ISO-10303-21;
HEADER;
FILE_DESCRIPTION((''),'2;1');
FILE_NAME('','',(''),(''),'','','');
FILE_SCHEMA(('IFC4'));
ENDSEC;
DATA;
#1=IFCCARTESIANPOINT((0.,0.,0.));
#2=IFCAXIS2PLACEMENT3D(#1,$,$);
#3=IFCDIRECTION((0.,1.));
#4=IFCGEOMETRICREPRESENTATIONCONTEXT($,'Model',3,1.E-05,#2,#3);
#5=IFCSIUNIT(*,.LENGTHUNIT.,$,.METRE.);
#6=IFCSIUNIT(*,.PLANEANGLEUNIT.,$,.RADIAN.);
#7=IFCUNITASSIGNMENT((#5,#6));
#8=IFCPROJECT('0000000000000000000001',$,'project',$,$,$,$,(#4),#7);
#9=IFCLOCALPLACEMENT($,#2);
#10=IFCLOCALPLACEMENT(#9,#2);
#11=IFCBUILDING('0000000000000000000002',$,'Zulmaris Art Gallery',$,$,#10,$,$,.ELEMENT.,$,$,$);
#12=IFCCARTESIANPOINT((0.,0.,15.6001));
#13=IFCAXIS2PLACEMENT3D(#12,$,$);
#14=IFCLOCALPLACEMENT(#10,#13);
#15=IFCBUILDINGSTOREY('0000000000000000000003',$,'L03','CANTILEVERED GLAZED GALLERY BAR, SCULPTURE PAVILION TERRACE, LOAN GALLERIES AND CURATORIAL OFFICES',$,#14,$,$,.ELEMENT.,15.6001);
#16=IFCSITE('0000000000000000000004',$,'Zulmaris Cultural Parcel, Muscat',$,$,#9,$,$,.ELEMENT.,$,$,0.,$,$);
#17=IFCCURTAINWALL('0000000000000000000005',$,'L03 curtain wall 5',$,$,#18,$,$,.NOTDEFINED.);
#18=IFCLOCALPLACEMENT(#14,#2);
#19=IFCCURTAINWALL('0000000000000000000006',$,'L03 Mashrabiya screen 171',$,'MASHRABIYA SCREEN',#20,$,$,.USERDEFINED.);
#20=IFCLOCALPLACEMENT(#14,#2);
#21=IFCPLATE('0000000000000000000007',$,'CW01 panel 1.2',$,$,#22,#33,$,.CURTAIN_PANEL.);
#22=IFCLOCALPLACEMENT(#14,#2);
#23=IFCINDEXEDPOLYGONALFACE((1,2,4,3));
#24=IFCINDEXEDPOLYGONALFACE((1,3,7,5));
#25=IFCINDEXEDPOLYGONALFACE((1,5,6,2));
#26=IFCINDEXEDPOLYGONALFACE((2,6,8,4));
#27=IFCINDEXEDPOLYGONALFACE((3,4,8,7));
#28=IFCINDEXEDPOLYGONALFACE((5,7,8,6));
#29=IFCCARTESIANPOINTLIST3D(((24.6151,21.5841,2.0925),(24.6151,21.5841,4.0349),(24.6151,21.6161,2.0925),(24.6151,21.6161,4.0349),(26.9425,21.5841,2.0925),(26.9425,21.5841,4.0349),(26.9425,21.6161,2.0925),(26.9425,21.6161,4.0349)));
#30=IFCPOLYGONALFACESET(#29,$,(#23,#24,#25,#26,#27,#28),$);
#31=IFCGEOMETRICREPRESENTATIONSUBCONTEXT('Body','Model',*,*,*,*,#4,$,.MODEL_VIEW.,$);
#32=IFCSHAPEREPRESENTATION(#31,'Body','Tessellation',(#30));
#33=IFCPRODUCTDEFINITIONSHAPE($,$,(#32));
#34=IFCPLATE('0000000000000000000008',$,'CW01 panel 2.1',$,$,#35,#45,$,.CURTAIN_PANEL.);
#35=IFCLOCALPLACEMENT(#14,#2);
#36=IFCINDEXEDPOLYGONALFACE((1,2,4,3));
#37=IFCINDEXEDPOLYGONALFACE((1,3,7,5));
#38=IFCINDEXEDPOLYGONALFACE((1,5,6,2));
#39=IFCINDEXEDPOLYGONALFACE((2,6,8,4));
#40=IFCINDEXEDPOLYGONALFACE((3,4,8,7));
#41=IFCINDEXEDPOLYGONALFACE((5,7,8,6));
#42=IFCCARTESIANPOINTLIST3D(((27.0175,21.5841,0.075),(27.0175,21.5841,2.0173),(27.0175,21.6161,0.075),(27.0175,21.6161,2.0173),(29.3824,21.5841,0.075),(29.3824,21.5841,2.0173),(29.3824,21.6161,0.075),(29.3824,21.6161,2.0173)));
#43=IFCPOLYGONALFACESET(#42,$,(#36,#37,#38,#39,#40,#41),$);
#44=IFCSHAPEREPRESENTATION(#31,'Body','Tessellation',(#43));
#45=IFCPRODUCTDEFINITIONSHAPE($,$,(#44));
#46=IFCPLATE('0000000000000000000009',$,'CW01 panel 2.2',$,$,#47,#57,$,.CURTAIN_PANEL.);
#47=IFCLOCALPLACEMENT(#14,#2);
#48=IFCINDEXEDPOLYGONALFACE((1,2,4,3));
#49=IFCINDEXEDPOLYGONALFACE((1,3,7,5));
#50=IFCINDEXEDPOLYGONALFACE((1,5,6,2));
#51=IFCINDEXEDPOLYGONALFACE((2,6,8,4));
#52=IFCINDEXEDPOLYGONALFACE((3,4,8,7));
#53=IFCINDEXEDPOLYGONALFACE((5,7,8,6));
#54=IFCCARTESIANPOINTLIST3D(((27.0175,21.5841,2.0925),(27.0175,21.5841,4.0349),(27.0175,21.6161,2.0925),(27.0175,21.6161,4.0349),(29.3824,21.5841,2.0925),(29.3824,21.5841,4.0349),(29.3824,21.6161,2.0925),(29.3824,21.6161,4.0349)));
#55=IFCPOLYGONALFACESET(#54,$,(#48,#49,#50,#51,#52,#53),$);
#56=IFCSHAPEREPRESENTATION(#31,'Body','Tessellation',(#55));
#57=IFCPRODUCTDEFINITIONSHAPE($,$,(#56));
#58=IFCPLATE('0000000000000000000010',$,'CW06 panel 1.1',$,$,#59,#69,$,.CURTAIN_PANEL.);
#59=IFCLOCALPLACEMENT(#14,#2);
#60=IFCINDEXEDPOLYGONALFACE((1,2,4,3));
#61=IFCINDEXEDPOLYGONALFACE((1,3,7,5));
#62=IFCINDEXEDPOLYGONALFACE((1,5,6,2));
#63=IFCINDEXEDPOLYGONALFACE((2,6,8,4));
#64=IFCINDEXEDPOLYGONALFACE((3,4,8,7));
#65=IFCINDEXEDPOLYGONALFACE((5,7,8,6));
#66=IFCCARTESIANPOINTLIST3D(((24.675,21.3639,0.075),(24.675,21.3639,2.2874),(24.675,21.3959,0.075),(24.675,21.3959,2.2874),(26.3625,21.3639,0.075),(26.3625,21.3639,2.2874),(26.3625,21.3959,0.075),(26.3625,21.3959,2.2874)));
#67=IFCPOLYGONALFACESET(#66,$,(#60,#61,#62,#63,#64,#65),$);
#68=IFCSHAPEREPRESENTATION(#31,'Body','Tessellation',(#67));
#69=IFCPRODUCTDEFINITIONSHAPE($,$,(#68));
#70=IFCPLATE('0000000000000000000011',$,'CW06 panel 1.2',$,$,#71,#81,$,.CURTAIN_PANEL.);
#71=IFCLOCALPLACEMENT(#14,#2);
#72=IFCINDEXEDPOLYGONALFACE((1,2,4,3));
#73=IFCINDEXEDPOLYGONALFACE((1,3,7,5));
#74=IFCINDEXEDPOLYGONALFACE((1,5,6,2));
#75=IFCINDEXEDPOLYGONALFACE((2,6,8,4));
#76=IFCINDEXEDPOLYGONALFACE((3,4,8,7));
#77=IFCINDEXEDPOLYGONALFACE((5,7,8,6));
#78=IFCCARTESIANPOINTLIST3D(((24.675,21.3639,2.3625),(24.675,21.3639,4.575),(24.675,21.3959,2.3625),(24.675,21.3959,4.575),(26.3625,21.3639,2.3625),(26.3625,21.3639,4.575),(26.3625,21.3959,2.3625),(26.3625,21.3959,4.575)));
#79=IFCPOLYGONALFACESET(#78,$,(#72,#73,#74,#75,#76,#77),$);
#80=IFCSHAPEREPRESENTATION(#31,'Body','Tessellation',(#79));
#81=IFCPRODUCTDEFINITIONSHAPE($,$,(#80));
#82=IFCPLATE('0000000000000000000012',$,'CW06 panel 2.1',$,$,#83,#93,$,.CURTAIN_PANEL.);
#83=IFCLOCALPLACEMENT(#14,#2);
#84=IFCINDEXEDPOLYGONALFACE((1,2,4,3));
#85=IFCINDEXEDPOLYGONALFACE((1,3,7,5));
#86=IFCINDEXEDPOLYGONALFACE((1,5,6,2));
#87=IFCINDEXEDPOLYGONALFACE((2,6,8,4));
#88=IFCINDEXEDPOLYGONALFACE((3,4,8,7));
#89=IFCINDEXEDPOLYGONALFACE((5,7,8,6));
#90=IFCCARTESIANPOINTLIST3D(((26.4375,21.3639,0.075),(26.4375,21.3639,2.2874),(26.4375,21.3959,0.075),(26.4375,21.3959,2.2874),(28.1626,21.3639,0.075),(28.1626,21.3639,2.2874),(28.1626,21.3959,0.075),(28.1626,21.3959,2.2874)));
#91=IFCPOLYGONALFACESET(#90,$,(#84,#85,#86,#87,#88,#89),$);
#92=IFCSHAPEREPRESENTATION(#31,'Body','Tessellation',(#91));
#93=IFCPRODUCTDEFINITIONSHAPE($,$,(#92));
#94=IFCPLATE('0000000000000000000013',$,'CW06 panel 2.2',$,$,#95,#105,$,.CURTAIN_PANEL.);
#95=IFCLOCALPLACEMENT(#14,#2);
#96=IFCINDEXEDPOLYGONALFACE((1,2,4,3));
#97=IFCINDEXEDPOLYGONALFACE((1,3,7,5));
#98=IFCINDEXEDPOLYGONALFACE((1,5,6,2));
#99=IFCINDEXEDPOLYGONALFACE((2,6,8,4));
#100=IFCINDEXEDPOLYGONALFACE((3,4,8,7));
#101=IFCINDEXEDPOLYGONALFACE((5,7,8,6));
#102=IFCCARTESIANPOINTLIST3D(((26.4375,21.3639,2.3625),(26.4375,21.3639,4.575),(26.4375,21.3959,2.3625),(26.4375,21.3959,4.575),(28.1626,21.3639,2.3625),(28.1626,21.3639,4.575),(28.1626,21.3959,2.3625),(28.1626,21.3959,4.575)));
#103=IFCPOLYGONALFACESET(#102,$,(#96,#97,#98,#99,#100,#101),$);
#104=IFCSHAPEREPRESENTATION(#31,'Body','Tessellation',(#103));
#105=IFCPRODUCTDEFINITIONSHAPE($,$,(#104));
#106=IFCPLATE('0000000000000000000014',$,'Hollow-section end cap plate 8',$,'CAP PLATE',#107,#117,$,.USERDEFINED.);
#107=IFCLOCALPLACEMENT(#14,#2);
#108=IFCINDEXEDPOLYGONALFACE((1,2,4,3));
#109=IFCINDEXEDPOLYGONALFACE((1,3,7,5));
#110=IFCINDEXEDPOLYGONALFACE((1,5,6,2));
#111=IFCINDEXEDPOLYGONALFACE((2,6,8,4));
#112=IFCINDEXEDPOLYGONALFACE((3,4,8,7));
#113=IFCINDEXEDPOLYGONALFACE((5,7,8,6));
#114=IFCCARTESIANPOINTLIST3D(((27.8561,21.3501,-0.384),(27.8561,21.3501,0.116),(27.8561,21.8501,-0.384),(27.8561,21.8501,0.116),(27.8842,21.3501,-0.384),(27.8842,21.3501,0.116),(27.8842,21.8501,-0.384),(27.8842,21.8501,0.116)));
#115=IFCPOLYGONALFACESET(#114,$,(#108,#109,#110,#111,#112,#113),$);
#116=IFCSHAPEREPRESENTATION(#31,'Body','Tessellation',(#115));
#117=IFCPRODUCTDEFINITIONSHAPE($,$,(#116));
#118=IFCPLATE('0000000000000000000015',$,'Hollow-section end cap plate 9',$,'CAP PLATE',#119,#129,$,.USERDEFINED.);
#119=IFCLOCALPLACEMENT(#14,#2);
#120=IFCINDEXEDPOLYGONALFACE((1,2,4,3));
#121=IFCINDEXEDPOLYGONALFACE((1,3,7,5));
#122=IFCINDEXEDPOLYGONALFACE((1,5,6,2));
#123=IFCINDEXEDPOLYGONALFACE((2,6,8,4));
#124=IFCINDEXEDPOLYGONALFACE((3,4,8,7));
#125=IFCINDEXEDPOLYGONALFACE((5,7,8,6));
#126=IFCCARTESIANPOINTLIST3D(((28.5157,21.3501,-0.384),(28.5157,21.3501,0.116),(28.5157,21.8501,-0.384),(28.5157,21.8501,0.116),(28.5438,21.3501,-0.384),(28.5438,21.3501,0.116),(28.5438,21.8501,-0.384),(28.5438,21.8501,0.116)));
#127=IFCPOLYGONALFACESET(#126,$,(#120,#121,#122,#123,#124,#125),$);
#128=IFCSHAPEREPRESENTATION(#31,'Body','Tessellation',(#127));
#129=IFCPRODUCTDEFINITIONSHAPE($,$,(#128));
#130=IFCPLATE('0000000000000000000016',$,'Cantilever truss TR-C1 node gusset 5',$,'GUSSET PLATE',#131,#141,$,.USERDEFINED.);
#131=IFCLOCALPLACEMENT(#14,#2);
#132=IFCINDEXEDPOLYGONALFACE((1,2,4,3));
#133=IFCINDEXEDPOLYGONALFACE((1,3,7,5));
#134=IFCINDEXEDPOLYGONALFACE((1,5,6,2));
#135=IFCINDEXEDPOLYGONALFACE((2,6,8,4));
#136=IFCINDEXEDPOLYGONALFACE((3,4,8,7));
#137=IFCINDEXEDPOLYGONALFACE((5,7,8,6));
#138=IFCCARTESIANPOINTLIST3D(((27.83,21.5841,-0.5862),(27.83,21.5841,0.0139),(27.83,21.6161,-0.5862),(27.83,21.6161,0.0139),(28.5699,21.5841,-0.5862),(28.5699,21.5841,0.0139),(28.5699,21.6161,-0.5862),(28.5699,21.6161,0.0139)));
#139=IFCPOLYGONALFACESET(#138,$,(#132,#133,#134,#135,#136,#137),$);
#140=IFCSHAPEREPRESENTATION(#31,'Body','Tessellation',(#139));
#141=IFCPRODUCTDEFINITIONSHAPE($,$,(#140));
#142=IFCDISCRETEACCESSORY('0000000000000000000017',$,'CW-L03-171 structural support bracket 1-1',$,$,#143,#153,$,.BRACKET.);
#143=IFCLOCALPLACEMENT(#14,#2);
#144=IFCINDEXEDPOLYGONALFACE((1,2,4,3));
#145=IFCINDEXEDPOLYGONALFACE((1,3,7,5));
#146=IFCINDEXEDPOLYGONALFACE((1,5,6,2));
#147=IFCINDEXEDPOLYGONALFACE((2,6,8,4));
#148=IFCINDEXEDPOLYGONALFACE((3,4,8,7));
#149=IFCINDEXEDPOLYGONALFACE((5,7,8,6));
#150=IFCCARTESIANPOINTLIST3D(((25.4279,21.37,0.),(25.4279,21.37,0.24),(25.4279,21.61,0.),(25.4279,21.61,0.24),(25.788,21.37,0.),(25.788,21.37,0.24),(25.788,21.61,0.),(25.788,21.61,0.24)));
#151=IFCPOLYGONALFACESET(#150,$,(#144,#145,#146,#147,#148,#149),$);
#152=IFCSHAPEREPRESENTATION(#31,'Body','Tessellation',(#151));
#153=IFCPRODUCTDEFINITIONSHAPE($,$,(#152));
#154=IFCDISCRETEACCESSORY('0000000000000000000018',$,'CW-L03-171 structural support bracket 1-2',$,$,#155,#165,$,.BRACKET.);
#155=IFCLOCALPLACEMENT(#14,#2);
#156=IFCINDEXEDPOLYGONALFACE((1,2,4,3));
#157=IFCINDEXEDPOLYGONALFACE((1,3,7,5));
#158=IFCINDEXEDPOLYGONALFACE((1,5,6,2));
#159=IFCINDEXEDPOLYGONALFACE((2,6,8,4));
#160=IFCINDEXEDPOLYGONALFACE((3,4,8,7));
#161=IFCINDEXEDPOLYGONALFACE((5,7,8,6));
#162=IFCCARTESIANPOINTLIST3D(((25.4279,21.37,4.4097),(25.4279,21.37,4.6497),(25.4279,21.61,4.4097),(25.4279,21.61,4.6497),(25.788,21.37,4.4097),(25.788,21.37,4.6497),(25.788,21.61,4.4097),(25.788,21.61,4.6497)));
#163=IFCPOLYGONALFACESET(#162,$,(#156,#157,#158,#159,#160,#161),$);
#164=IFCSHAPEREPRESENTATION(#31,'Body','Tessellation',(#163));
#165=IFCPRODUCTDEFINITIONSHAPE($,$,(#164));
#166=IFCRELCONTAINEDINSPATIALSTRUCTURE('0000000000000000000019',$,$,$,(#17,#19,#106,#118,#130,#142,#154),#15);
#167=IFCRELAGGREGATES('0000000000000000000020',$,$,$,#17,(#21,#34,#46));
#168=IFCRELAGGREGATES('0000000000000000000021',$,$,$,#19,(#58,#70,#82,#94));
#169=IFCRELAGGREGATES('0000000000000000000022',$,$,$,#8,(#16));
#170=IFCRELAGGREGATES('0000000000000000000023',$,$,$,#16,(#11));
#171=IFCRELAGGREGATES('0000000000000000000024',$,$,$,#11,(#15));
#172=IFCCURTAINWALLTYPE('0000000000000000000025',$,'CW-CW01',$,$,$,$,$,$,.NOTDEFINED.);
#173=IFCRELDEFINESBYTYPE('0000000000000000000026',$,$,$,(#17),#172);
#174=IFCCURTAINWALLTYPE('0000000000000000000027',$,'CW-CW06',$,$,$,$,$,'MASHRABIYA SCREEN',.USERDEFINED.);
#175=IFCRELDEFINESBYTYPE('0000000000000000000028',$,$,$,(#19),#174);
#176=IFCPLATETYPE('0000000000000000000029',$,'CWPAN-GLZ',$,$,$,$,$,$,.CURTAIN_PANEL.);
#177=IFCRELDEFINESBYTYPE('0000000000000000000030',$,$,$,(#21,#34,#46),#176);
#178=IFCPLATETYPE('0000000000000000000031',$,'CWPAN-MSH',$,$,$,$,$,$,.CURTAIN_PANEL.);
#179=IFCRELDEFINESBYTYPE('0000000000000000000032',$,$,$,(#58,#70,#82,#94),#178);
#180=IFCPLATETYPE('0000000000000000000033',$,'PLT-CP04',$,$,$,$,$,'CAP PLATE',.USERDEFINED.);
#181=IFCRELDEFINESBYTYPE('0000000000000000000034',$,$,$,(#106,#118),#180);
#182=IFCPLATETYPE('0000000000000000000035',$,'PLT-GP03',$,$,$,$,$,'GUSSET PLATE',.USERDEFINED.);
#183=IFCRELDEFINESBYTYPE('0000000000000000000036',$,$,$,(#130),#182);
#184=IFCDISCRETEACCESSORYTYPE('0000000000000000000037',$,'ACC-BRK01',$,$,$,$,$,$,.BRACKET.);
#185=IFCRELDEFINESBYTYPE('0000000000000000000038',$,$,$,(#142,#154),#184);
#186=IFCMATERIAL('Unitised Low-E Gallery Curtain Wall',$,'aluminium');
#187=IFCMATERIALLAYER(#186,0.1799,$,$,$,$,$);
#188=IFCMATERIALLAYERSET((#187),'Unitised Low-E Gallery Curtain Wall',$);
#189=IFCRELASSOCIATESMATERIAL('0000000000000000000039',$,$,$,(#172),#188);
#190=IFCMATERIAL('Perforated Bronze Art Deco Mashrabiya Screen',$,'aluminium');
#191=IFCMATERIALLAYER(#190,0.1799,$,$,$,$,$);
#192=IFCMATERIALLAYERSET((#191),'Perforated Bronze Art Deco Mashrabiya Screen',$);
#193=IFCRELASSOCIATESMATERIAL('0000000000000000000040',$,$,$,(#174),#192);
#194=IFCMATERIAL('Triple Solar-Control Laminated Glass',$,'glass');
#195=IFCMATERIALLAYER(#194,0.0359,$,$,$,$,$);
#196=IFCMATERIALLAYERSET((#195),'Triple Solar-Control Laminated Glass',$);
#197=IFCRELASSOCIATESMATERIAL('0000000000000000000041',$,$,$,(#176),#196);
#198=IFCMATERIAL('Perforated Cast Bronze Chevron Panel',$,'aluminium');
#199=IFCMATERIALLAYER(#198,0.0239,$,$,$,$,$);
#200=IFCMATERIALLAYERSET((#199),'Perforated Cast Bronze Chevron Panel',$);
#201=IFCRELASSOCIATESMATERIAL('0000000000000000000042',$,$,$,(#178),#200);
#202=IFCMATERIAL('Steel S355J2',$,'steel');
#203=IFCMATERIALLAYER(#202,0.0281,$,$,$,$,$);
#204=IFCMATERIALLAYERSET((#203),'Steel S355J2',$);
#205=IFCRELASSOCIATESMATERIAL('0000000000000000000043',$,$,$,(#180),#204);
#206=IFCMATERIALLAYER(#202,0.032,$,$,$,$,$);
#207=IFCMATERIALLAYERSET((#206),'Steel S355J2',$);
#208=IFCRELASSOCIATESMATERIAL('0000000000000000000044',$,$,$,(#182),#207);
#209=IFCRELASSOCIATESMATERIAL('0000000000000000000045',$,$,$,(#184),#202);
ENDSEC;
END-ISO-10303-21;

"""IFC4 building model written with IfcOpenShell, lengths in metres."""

from ifc_helpers import new_model, si_unit, direction, frame, origin, origin_2d, place, context, subcontext, project, spatial, rectangle, extrude, material, layer, layer_set, type_object, element, aggregate, save


model = new_model("IFC4")

# Units and contexts
model_context = context("Model", 3, precision=1e-05, world=origin(), true_north=direction((0.0, 1.0)))
body_context = subcontext(model_context, "Body", "Model", "MODEL_VIEW")
ifc_project = project(units=[si_unit("LENGTHUNIT", "METRE"), si_unit("PLANEANGLEUNIT", "RADIAN")], contexts=[model_context])

# Site, building, storey
site_placement = place(None, origin())
site = spatial("IfcSite", under=ifc_project, at=site_placement, Name="Zulmaris Cultural Parcel, Muscat", CompositionType="ELEMENT", RefElevation=0.0)
building_placement = place(site_placement, origin())
building = spatial("IfcBuilding", under=site, at=building_placement, Name="Zulmaris Art Gallery", CompositionType="ELEMENT")
storey_placement = place(building_placement, frame((0.0, 0.0, 15.6001)))
storey = spatial("IfcBuildingStorey", under=building, at=storey_placement, Name="L03", Description="CANTILEVERED GLAZED GALLERY BAR, SCULPTURE PAVILION TERRACE, LOAN GALLERIES AND CURATORIAL OFFICES", CompositionType="ELEMENT", Elevation=15.6001)

# Shared definitions
ifc_material_1 = material(Name="Steel S355J2", Category="steel")

# Curtain wall
ifc_material_2 = material(Name="Unitised Low-E Gallery Curtain Wall", Category="aluminium")
ifc_layer_1 = layer(ifc_material_2, 0.1799)
ifc_layer_set_1 = layer_set([ifc_layer_1], Name="Unitised Low-E Gallery Curtain Wall")
curtain_wall_type_1 = type_object("IfcCurtainWallType", Name="CW-CW01", PredefinedType="NOTDEFINED", material=ifc_layer_set_1)
curtain_wall_1_placement = place(storey_placement, origin())
curtain_wall_1 = element("IfcCurtainWall", 1, at=curtain_wall_1_placement, inside=storey, type_object=curtain_wall_type_1, Name="L03 curtain wall 5", PredefinedType="NOTDEFINED")

# Curtain wall
ifc_material_3 = material(Name="Perforated Bronze Art Deco Mashrabiya Screen", Category="aluminium")
ifc_layer_2 = layer(ifc_material_3, 0.1799)
ifc_layer_set_2 = layer_set([ifc_layer_2], Name="Perforated Bronze Art Deco Mashrabiya Screen")
curtain_wall_type_2 = type_object("IfcCurtainWallType", Name="CW-CW06", ElementType="MASHRABIYA SCREEN", PredefinedType="USERDEFINED", material=ifc_layer_set_2)
curtain_wall_2_placement = place(storey_placement, origin())
curtain_wall_2 = element("IfcCurtainWall", 2, at=curtain_wall_2_placement, inside=storey, type_object=curtain_wall_type_2, Name="L03 Mashrabiya screen 171", ObjectType="MASHRABIYA SCREEN", PredefinedType="USERDEFINED")

# Plates
ifc_material_4 = material(Name="Triple Solar-Control Laminated Glass", Category="glass")
ifc_layer_3 = layer(ifc_material_4, 0.0359)
ifc_layer_set_3 = layer_set([ifc_layer_3], Name="Triple Solar-Control Laminated Glass")
plate_type_1 = type_object("IfcPlateType", Name="CWPAN-GLZ", PredefinedType="CURTAIN_PANEL", material=ifc_layer_set_3)
plate_1_placement = place(storey_placement, frame((25.7788, 21.6001, 2.0925), z_axis=(0.0, 0.0, 1.0), x_axis=(1.0, 0.0, 0.0)))
plate_1 = element("IfcPlate", 3, at=plate_1_placement, type_object=plate_type_1, Name="CW01 panel 1.2", PredefinedType="CURTAIN_PANEL", context=body_context, shape_type="SweptSolid", body=[
    extrude(rectangle(XDim=2.3274, YDim=0.032, at=origin_2d()), origin(), (0.0, 0.0, 1.0), 1.9424),
])
plate_2_placement = place(storey_placement, frame((28.2, 21.6001, 0.075), z_axis=(0.0, 0.0, 1.0), x_axis=(1.0, 0.0, 0.0)))
plate_2 = element("IfcPlate", 4, at=plate_2_placement, type_object=plate_type_1, Name="CW01 panel 2.1", PredefinedType="CURTAIN_PANEL", context=body_context, shape_type="SweptSolid", body=[
    extrude(rectangle(XDim=2.365, YDim=0.032, at=origin_2d()), origin(), (0.0, 0.0, 1.0), 1.9424),
])
plate_3_placement = place(storey_placement, frame((28.2, 21.6001, 2.0925), z_axis=(0.0, 0.0, 1.0), x_axis=(1.0, 0.0, 0.0)))
plate_3 = element("IfcPlate", 5, at=plate_3_placement, type_object=plate_type_1, Name="CW01 panel 2.2", PredefinedType="CURTAIN_PANEL", context=body_context, shape_type="SweptSolid", body=[
    extrude(rectangle(XDim=2.365, YDim=0.032, at=origin_2d()), origin(), (0.0, 0.0, 1.0), 1.9424),
])
aggregate(curtain_wall_1, [plate_1, plate_2, plate_3])
ifc_material_5 = material(Name="Perforated Cast Bronze Chevron Panel", Category="aluminium")
ifc_layer_4 = layer(ifc_material_5, 0.0239)
ifc_layer_set_4 = layer_set([ifc_layer_4], Name="Perforated Cast Bronze Chevron Panel")
plate_type_2 = type_object("IfcPlateType", Name="CWPAN-MSH", PredefinedType="CURTAIN_PANEL", material=ifc_layer_set_4)
plate_4_placement = place(storey_placement, frame((25.5188, 21.3799, 0.075), z_axis=(0.0, 0.0, 1.0), x_axis=(1.0, 0.0, 0.0)))
plate_4 = element("IfcPlate", 6, at=plate_4_placement, type_object=plate_type_2, Name="CW06 panel 1.1", PredefinedType="CURTAIN_PANEL", context=body_context, shape_type="SweptSolid", body=[
    extrude(rectangle(XDim=1.6875, YDim=0.032, at=origin_2d()), origin(), (0.0, 0.0, 1.0), 2.2124),
])
plate_5_placement = place(storey_placement, frame((25.5188, 21.3799, 2.3625), z_axis=(0.0, 0.0, 1.0), x_axis=(1.0, 0.0, 0.0)))
plate_5 = element("IfcPlate", 7, at=plate_5_placement, type_object=plate_type_2, Name="CW06 panel 1.2", PredefinedType="CURTAIN_PANEL", context=body_context, shape_type="SweptSolid", body=[
    extrude(rectangle(XDim=1.6875, YDim=0.032, at=origin_2d()), origin(), (0.0, 0.0, 1.0), 2.2124),
])
plate_6_placement = place(storey_placement, frame((27.3, 21.3799, 0.075), z_axis=(0.0, 0.0, 1.0), x_axis=(1.0, 0.0, 0.0)))
plate_6 = element("IfcPlate", 8, at=plate_6_placement, type_object=plate_type_2, Name="CW06 panel 2.1", PredefinedType="CURTAIN_PANEL", context=body_context, shape_type="SweptSolid", body=[
    extrude(rectangle(XDim=1.7251, YDim=0.032, at=origin_2d()), origin(), (0.0, 0.0, 1.0), 2.2124),
])
plate_7_placement = place(storey_placement, frame((27.3, 21.3799, 2.3625), z_axis=(0.0, 0.0, 1.0), x_axis=(1.0, 0.0, 0.0)))
plate_7 = element("IfcPlate", 9, at=plate_7_placement, type_object=plate_type_2, Name="CW06 panel 2.2", PredefinedType="CURTAIN_PANEL", context=body_context, shape_type="SweptSolid", body=[
    extrude(rectangle(XDim=1.7251, YDim=0.032, at=origin_2d()), origin(), (0.0, 0.0, 1.0), 2.2124),
])
aggregate(curtain_wall_2, [plate_4, plate_5, plate_6, plate_7])

# Plates
ifc_layer_5 = layer(ifc_material_1, 0.0281)
ifc_layer_set_5 = layer_set([ifc_layer_5], Name="Steel S355J2")
plate_type_3 = type_object("IfcPlateType", Name="PLT-CP04", ElementType="CAP PLATE", PredefinedType="USERDEFINED", material=ifc_layer_set_5)
for number, where, z_axis, x_axis, name in (
    (10, (27.8701, 21.6001, -0.384), (0.0, 0.0, 1.0), (1.0, 0.0, 0.0), "Hollow-section end cap plate 8"),
    (11, (28.5298, 21.6001, -0.384), (0.0, 0.0, 1.0), (1.0, 0.0, 0.0), "Hollow-section end cap plate 9"),
):
    element("IfcPlate", number, at=place(storey_placement, frame(where, z_axis=z_axis, x_axis=x_axis)), inside=storey, type_object=plate_type_3, Name=name, ObjectType="CAP PLATE", PredefinedType="USERDEFINED", context=body_context, shape_type="SweptSolid", body=[
        extrude(rectangle(XDim=0.0281, YDim=0.5, at=origin_2d()), origin(), (0.0, 0.0, 1.0), 0.5),
    ])
ifc_layer_6 = layer(ifc_material_1, 0.032)
ifc_layer_set_6 = layer_set([ifc_layer_6], Name="Steel S355J2")
plate_type_4 = type_object("IfcPlateType", Name="PLT-GP03", ElementType="GUSSET PLATE", PredefinedType="USERDEFINED", material=ifc_layer_set_6)
plate_8_placement = place(storey_placement, frame((28.2, 21.6001, -0.5862), z_axis=(0.0, 0.0, 1.0), x_axis=(1.0, 0.0, 0.0)))
element("IfcPlate", 12, at=plate_8_placement, inside=storey, type_object=plate_type_4, Name="Cantilever truss TR-C1 node gusset 5", ObjectType="GUSSET PLATE", PredefinedType="USERDEFINED", context=body_context, shape_type="SweptSolid", body=[
    extrude(rectangle(XDim=0.74, YDim=0.032, at=origin_2d()), origin(), (0.0, 0.0, 1.0), 0.6001),
])

# Discrete accessories
discrete_accessory_type = type_object("IfcDiscreteAccessoryType", Name="ACC-BRK01", PredefinedType="BRACKET", material=ifc_material_1)
for number, where, z_axis, x_axis, name in (
    (13, (25.6079, 21.49, 0.0), (0.0, 0.0, 1.0), (1.0, 0.0, 0.0), "CW-L03-171 structural support bracket 1-1"),
    (14, (25.6079, 21.49, 4.4097), (0.0, 0.0, 1.0), (1.0, 0.0, 0.0), "CW-L03-171 structural support bracket 1-2"),
):
    element("IfcDiscreteAccessory", number, at=place(storey_placement, frame(where, z_axis=z_axis, x_axis=x_axis)), inside=storey, type_object=discrete_accessory_type, Name=name, PredefinedType="BRACKET", context=body_context, shape_type="SweptSolid", body=[
        extrude(rectangle(XDim=0.3601, YDim=0.24, at=origin_2d()), origin(), (0.0, 0.0, 1.0), 0.24),
    ])

save(model, "model.ifc")
